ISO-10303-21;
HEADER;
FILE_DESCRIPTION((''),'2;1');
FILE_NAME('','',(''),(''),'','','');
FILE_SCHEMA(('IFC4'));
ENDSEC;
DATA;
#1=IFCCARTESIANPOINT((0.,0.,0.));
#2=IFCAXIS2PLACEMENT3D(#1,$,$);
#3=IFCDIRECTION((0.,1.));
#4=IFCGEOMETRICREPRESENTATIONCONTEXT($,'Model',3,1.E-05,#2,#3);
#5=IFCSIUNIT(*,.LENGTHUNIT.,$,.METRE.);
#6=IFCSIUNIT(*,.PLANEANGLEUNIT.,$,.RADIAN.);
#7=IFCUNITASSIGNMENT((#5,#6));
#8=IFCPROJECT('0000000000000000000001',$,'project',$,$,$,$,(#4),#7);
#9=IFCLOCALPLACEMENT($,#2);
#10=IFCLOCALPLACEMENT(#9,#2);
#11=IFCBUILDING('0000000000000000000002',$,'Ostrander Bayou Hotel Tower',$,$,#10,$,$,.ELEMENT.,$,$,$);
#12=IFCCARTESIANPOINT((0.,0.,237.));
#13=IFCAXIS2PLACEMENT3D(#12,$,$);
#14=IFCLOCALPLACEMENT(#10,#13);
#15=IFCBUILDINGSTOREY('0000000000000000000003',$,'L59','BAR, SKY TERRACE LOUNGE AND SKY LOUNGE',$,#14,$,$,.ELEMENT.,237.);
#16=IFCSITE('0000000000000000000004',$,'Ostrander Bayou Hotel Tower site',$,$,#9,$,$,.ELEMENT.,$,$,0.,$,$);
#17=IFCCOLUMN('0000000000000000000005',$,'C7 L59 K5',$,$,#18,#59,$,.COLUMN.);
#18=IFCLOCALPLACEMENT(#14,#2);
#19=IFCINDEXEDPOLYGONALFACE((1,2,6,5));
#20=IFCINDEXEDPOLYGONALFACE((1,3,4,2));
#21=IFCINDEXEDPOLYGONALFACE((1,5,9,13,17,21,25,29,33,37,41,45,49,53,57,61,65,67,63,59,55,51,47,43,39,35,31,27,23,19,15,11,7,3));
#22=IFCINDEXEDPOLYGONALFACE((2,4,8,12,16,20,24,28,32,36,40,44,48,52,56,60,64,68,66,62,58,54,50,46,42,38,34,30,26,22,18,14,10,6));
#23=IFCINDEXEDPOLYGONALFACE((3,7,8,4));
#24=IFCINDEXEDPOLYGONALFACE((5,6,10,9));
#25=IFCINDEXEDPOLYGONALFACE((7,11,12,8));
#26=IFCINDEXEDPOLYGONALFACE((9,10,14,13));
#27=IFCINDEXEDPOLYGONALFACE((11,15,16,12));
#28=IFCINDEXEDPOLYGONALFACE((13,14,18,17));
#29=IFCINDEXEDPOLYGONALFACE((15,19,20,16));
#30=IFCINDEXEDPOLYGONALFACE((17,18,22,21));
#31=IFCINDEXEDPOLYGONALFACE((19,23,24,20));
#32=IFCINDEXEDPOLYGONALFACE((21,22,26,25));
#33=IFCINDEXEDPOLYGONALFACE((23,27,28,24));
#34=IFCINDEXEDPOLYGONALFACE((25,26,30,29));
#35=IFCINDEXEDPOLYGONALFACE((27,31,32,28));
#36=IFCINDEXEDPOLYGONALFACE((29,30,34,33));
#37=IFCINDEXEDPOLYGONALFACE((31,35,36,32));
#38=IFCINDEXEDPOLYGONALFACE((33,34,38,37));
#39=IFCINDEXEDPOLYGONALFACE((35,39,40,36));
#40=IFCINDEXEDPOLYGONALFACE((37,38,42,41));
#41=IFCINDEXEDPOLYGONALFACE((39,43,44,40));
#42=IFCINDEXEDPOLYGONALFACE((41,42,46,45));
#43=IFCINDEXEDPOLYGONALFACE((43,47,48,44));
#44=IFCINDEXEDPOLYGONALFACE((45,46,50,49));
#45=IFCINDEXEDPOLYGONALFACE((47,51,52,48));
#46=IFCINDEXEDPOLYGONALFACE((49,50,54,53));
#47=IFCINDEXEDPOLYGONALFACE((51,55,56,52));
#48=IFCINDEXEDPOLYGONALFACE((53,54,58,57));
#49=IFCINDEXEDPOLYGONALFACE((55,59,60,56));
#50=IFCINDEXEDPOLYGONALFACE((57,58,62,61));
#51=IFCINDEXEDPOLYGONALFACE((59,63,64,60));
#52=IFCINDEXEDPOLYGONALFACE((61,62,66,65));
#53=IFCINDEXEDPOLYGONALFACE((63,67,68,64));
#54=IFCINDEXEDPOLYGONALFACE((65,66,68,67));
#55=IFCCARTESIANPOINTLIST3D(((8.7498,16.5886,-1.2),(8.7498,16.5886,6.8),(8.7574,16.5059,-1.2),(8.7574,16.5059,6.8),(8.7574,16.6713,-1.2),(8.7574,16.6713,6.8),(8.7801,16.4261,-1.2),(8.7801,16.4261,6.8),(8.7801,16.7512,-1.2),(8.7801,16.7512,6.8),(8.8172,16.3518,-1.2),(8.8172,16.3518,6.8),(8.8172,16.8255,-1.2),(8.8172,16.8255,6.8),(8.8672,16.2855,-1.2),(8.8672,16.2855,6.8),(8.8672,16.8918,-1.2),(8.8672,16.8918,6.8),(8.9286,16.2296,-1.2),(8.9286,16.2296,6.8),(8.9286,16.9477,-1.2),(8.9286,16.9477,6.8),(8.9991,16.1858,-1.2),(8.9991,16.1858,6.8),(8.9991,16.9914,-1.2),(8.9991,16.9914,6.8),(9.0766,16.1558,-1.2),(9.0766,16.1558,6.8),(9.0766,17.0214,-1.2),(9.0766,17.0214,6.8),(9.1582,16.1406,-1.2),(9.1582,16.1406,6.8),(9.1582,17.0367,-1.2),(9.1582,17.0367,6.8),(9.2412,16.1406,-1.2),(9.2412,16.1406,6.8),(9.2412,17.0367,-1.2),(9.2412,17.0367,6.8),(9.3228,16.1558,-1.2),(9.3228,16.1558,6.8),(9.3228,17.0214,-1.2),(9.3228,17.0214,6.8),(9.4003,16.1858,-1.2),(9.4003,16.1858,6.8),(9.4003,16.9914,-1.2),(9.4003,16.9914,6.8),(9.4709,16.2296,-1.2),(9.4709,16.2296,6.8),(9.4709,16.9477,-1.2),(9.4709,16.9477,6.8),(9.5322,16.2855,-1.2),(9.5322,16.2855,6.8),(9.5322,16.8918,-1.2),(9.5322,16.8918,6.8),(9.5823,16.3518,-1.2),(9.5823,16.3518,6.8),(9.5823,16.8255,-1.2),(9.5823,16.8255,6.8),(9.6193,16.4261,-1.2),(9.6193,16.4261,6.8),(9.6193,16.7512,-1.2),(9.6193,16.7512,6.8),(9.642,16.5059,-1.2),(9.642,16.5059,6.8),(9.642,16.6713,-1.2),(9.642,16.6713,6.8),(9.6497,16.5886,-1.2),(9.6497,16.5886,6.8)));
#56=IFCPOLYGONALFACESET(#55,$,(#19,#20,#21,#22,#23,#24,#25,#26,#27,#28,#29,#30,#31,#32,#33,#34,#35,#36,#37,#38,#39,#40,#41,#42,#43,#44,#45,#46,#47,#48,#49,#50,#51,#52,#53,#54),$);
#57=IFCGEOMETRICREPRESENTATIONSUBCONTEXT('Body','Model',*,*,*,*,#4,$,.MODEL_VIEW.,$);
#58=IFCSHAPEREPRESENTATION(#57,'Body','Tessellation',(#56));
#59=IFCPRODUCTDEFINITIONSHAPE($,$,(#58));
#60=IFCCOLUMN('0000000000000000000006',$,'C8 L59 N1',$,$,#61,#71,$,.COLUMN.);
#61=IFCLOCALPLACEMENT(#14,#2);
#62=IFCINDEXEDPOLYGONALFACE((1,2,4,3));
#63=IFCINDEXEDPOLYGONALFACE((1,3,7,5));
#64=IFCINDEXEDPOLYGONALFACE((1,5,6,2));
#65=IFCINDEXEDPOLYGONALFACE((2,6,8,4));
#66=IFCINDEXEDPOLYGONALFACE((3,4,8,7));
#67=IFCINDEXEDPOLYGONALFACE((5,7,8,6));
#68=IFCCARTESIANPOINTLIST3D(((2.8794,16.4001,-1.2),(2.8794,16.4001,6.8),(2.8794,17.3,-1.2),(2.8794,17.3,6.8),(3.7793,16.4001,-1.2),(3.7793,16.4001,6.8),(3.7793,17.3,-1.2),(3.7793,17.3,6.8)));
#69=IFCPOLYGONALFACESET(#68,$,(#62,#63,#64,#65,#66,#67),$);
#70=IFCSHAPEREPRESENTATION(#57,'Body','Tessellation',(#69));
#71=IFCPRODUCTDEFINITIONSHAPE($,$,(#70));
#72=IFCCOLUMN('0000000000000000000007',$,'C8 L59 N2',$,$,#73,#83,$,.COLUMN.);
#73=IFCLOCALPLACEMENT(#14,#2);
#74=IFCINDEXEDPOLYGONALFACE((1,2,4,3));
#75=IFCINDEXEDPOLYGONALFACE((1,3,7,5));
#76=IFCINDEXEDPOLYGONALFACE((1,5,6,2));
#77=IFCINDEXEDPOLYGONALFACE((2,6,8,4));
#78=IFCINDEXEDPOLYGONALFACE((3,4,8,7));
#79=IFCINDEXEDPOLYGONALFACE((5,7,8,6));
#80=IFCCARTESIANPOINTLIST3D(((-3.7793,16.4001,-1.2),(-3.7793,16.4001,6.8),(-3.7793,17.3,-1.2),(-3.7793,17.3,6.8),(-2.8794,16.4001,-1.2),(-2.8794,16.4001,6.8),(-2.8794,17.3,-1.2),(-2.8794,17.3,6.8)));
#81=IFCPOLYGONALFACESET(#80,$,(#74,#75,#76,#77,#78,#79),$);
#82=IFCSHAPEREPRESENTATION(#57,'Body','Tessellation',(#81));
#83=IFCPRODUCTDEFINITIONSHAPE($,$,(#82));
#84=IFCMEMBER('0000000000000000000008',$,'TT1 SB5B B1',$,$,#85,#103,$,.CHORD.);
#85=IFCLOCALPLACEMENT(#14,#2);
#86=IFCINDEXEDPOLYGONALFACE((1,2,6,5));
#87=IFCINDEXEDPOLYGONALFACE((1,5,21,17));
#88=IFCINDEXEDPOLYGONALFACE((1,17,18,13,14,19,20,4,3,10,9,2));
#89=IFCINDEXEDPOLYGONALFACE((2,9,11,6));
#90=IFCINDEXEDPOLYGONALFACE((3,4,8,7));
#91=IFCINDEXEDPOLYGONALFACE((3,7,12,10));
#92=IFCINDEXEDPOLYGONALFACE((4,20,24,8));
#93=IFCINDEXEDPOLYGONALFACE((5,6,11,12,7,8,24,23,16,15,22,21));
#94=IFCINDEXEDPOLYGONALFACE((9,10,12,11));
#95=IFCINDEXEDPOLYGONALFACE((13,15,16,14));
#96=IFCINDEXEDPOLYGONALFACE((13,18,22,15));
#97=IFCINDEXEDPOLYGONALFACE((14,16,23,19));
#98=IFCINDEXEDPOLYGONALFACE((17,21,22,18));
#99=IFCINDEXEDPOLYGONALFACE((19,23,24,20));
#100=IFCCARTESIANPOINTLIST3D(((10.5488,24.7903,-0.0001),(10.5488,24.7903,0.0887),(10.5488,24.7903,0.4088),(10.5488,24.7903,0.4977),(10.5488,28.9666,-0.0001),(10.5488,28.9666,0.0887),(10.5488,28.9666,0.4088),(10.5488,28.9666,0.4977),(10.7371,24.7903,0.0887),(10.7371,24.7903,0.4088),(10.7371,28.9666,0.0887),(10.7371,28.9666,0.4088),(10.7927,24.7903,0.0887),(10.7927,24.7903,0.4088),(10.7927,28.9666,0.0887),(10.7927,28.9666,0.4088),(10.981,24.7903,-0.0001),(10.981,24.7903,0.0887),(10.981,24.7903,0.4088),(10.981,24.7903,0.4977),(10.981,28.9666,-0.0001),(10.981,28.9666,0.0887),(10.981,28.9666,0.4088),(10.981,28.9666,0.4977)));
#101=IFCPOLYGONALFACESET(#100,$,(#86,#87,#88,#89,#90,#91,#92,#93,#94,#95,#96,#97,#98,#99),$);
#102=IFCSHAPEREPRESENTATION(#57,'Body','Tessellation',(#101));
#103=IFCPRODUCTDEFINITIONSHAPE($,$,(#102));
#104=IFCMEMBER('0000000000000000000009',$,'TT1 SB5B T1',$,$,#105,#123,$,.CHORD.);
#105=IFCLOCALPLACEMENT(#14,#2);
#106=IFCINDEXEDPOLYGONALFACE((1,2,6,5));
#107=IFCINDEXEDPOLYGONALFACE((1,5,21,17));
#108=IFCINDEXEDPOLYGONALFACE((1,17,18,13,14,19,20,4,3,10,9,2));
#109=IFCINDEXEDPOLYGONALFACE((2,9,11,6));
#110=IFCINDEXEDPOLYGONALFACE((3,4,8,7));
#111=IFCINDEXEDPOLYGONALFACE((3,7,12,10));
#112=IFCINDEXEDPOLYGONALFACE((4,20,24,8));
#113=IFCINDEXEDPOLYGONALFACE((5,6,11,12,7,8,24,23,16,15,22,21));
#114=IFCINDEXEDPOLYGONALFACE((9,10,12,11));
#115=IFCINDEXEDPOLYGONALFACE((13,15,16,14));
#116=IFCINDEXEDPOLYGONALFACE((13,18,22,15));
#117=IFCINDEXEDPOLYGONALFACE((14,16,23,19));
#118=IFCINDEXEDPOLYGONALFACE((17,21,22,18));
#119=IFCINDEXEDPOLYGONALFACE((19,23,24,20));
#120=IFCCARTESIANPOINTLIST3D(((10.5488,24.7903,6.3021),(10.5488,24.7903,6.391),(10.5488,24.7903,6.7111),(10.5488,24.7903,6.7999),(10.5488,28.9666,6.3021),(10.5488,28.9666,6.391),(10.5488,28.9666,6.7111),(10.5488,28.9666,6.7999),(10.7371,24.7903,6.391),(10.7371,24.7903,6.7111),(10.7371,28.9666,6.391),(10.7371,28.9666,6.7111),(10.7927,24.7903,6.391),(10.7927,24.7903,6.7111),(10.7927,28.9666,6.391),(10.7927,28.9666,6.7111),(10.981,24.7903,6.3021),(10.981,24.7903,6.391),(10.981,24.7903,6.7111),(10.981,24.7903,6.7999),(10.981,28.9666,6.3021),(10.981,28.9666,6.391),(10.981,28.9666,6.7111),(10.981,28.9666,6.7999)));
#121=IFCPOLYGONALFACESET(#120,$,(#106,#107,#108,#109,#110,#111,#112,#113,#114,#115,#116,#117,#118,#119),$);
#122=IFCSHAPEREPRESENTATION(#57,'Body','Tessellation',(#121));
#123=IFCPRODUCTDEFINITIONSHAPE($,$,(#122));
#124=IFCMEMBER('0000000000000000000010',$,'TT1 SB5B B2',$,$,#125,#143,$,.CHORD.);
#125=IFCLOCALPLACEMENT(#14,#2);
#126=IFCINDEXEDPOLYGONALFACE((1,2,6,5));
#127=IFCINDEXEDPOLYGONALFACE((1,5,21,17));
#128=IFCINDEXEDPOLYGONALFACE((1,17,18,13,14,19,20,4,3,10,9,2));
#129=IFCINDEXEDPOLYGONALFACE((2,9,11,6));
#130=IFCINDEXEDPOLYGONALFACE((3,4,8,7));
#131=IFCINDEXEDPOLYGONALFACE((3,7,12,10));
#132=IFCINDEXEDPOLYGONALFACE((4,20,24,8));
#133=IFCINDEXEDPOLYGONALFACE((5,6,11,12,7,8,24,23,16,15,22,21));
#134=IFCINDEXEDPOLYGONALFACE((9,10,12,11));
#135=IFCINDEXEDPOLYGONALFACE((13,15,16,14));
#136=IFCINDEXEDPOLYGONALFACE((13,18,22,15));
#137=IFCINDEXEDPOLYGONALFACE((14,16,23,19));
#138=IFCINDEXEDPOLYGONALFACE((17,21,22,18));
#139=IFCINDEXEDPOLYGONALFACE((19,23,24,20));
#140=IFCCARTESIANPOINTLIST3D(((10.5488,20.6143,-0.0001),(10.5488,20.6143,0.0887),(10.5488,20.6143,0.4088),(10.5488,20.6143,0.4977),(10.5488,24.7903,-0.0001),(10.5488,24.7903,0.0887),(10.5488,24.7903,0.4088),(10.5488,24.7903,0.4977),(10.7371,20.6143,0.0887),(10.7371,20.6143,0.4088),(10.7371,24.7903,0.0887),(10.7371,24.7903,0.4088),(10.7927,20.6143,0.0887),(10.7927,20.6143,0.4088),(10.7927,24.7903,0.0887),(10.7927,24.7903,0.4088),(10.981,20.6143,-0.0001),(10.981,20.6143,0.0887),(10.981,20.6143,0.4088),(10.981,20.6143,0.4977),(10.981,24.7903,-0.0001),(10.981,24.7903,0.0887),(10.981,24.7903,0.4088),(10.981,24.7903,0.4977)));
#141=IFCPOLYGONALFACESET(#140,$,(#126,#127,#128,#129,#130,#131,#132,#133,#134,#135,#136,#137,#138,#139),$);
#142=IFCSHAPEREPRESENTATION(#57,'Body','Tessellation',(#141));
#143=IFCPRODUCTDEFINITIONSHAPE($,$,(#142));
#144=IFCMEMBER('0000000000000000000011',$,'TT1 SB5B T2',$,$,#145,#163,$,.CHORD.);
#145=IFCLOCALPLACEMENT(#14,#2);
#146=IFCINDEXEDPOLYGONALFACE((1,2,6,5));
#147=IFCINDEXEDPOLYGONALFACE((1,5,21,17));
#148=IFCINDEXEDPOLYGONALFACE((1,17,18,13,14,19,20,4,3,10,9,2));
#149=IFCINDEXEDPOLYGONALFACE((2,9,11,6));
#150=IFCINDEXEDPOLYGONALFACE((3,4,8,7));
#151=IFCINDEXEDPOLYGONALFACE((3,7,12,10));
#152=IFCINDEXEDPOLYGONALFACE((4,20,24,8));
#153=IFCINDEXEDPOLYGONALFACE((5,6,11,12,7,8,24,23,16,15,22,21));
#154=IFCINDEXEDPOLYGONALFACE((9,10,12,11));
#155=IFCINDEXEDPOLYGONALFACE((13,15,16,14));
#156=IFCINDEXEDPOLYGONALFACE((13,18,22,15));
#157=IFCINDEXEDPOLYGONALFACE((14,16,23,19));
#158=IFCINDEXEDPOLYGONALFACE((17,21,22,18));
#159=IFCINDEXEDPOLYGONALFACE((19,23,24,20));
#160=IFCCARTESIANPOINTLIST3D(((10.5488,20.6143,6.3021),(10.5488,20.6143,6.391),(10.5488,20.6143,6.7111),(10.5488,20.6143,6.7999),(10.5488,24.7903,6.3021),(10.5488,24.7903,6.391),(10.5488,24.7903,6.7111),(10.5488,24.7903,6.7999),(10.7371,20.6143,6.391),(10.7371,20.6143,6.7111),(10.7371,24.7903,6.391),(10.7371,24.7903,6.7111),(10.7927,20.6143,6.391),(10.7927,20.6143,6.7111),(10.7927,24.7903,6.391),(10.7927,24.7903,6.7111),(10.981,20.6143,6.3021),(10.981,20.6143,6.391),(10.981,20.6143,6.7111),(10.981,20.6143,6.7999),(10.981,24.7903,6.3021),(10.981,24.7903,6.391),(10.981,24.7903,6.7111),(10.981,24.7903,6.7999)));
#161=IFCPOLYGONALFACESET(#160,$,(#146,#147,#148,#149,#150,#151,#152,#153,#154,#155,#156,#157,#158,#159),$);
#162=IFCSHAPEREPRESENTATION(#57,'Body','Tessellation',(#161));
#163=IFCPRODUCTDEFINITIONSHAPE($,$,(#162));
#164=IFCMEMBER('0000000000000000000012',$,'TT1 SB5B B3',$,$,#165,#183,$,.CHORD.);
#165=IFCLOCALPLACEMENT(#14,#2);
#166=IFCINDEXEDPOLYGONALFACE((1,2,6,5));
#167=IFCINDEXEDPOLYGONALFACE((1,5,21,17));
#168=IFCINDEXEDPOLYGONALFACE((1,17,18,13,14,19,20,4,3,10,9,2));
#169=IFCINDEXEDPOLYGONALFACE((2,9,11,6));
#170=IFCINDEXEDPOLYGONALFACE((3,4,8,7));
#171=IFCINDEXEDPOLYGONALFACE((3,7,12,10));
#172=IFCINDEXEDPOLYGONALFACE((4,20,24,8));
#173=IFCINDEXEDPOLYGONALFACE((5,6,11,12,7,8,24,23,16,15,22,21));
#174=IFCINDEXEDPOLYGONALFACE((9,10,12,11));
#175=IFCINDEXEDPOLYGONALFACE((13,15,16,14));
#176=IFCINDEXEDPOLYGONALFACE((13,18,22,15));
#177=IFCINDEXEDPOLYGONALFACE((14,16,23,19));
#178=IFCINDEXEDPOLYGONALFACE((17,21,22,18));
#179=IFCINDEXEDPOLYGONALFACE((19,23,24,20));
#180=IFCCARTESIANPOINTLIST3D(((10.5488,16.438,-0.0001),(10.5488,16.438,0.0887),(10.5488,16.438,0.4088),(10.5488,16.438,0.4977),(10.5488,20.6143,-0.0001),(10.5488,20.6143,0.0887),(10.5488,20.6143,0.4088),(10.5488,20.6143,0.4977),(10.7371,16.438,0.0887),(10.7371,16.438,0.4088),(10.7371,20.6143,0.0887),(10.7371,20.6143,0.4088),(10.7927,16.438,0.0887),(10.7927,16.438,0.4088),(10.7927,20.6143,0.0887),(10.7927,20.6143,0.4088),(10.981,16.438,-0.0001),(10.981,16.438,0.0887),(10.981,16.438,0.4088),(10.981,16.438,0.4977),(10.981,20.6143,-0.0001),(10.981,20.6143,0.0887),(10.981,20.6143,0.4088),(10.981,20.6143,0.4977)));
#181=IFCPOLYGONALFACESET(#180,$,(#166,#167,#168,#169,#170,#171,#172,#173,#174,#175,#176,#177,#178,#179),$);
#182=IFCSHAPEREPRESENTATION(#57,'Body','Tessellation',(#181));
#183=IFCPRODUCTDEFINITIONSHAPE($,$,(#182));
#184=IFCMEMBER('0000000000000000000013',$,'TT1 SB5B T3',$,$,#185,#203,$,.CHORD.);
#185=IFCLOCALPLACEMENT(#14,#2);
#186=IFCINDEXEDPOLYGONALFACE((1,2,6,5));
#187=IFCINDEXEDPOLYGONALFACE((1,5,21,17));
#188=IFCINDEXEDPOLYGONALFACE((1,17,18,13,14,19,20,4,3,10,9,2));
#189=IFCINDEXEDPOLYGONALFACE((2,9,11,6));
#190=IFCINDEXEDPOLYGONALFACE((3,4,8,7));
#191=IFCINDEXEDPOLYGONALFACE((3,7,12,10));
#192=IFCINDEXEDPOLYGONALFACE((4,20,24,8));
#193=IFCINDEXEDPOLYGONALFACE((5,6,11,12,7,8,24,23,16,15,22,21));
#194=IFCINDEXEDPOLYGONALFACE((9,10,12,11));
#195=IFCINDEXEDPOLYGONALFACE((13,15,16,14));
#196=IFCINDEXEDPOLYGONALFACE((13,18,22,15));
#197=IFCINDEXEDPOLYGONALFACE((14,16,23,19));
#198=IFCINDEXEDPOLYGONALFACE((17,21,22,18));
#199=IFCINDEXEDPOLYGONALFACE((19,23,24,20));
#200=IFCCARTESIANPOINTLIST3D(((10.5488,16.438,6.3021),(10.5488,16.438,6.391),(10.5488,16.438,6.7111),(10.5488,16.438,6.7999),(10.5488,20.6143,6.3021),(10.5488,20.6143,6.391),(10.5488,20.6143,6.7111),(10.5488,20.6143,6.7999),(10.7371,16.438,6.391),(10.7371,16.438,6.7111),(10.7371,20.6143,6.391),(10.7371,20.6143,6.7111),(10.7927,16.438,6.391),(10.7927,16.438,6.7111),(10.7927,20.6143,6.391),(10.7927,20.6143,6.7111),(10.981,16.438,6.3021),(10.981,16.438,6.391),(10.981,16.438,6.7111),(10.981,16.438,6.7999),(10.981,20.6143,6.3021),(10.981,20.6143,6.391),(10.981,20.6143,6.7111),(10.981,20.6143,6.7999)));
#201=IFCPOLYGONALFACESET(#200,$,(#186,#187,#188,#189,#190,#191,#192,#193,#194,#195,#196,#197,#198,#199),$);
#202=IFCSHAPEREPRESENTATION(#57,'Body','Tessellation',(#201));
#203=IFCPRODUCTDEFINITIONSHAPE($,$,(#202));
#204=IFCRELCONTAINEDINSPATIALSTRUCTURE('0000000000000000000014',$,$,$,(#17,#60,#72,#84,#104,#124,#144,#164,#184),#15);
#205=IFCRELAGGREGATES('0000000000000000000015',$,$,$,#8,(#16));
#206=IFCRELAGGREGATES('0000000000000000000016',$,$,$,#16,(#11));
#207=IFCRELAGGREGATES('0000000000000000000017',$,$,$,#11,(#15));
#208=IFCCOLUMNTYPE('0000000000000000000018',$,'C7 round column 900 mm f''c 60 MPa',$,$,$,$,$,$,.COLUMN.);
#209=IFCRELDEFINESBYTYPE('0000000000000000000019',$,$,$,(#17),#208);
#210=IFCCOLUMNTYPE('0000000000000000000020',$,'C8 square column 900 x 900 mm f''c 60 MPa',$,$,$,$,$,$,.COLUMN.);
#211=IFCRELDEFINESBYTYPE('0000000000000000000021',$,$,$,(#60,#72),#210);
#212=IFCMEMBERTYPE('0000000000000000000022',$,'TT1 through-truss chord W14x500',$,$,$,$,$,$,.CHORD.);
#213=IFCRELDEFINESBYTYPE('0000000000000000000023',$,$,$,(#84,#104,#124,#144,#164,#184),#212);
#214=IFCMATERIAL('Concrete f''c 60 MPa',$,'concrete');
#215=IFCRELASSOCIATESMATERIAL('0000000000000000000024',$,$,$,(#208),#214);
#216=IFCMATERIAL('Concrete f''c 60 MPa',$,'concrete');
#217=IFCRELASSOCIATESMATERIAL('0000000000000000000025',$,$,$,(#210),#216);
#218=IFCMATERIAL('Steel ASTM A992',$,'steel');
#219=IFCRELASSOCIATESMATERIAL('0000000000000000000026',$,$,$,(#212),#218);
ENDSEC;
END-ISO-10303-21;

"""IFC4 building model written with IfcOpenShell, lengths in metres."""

from ifc_helpers import new_model, si_unit, direction, frame, origin, origin_2d, place, context, subcontext, project, spatial, rectangle, circle, i_section, extrude, material, material_profile, profile_set, type_object, element, save


model = new_model("IFC4")

# Units and contexts
model_context = context("Model", 3, precision=1e-05, world=origin(), true_north=direction((0.0, 1.0)))
body_context = subcontext(model_context, "Body", "Model", "MODEL_VIEW")
ifc_project = project(units=[si_unit("LENGTHUNIT", "METRE"), si_unit("PLANEANGLEUNIT", "RADIAN")], contexts=[model_context])

# Site, building, storey
site_placement = place(None, origin())
site = spatial("IfcSite", under=ifc_project, at=site_placement, Name="Ostrander Bayou Hotel Tower site", CompositionType="ELEMENT", RefElevation=0.0)
building_placement = place(site_placement, origin())
building = spatial("IfcBuilding", under=site, at=building_placement, Name="Ostrander Bayou Hotel Tower", CompositionType="ELEMENT")
storey_placement = place(building_placement, frame((0.0, 0.0, 237.0)))
storey = spatial("IfcBuildingStorey", under=building, at=storey_placement, Name="L59", Description="BAR, SKY TERRACE LOUNGE AND SKY LOUNGE", CompositionType="ELEMENT", Elevation=237.0)

# Columns
ifc_material_1 = material(Name="Concrete f'c 60 MPa", Category="concrete")
ifc_material_profile_1 = material_profile(ifc_material_1, circle(Radius=0.45, at=origin_2d()))
ifc_profile_set_1 = profile_set([ifc_material_profile_1], Name="Concrete f'c 60 MPa")
column_type_1 = type_object("IfcColumnType", Name="C7 round column 900 mm f'c 60 MPa", PredefinedType="COLUMN", material=ifc_profile_set_1)
column_placement = place(storey_placement, frame((9.1997, 16.5886, -1.2), z_axis=(0.0, 0.0, 1.0), x_axis=(1.0, 0.0, 0.0)))
element("IfcColumn", 1, at=column_placement, inside=storey, type_object=column_type_1, Name="C7 L59 K5", PredefinedType="COLUMN", context=body_context, shape_type="SweptSolid", body=[
    extrude(circle(Radius=0.45, at=origin_2d()), origin(), (0.0, 0.0, 1.0), 8.0),
])
ifc_material_2 = material(Name="Concrete f'c 60 MPa", Category="concrete")
ifc_material_profile_2 = material_profile(ifc_material_2, rectangle(XDim=0.8999, YDim=0.8999, at=origin_2d()))
ifc_profile_set_2 = profile_set([ifc_material_profile_2], Name="Concrete f'c 60 MPa")
column_type_2 = type_object("IfcColumnType", Name="C8 square column 900 x 900 mm f'c 60 MPa", PredefinedType="COLUMN", material=ifc_profile_set_2)
for number, where, z_axis, x_axis, name in (
    (2, (3.3293, 16.8501, -1.2), (0.0, 0.0, 1.0), (1.0, 0.0, 0.0), "C8 L59 N1"),
    (3, (-3.3293, 16.8501, -1.2), (0.0, 0.0, 1.0), (1.0, 0.0, 0.0), "C8 L59 N2"),
):
    element("IfcColumn", number, at=place(storey_placement, frame(where, z_axis=z_axis, x_axis=x_axis)), inside=storey, type_object=column_type_2, Name=name, PredefinedType="COLUMN", context=body_context, shape_type="SweptSolid", body=[
        extrude(rectangle(XDim=0.8999, YDim=0.8999, at=origin_2d()), origin(), (0.0, 0.0, 1.0), 8.0),
    ])

# Members
ifc_material_3 = material(Name="Steel ASTM A992", Category="steel")
ifc_material_profile_3 = material_profile(ifc_material_3, i_section(OverallWidth=0.4321, OverallDepth=0.4978, WebThickness=0.0557, FlangeThickness=0.0889, at=origin_2d()))
ifc_profile_set_3 = profile_set([ifc_material_profile_3], Name="Steel ASTM A992")
member_type_1 = type_object("IfcMemberType", Name="TT1 through-truss chord W14x500", PredefinedType="CHORD", material=ifc_profile_set_3)
for number, where, z_axis, x_axis, name in (
    (4, (10.7649, 28.9666, 0.2488), (0.0, -1.0, 0.0), (1.0, 0.0, 0.0), "TT1 SB5B B1"),
    (5, (10.7649, 28.9666, 6.551), (0.0, -1.0, 0.0), (1.0, 0.0, 0.0), "TT1 SB5B T1"),
):
    element("IfcMember", number, at=place(storey_placement, frame(where, z_axis=z_axis, x_axis=x_axis)), inside=storey, type_object=member_type_1, Name=name, PredefinedType="CHORD", context=body_context, shape_type="SweptSolid", body=[
        extrude(i_section(OverallWidth=0.4321, OverallDepth=0.4978, WebThickness=0.0557, FlangeThickness=0.0889, at=origin_2d()), origin(), (0.0, 0.0, 1.0), 4.1763),
    ])
for number, where, z_axis, x_axis, name in (
    (6, (10.7649, 24.7903, 0.2488), (0.0, -1.0, 0.0), (1.0, 0.0, 0.0), "TT1 SB5B B2"),
    (7, (10.7649, 24.7903, 6.551), (0.0, -1.0, 0.0), (1.0, 0.0, 0.0), "TT1 SB5B T2"),
):
    element("IfcMember", number, at=place(storey_placement, frame(where, z_axis=z_axis, x_axis=x_axis)), inside=storey, type_object=member_type_1, Name=name, PredefinedType="CHORD", context=body_context, shape_type="SweptSolid", body=[
        extrude(i_section(OverallWidth=0.4321, OverallDepth=0.4978, WebThickness=0.0557, FlangeThickness=0.0889, at=origin_2d()), origin(), (0.0, 0.0, 1.0), 4.176),
    ])
for number, where, z_axis, x_axis, name in (
    (8, (10.7649, 20.6143, 0.2488), (0.0, -1.0, 0.0), (1.0, 0.0, 0.0), "TT1 SB5B B3"),
    (9, (10.7649, 20.6143, 6.551), (0.0, -1.0, 0.0), (1.0, 0.0, 0.0), "TT1 SB5B T3"),
):
    element("IfcMember", number, at=place(storey_placement, frame(where, z_axis=z_axis, x_axis=x_axis)), inside=storey, type_object=member_type_1, Name=name, PredefinedType="CHORD", context=body_context, shape_type="SweptSolid", body=[
        extrude(i_section(OverallWidth=0.4321, OverallDepth=0.4978, WebThickness=0.0557, FlangeThickness=0.0889, at=origin_2d()), origin(), (0.0, 0.0, 1.0), 4.1763),
    ])

save(model, "model.ifc")
